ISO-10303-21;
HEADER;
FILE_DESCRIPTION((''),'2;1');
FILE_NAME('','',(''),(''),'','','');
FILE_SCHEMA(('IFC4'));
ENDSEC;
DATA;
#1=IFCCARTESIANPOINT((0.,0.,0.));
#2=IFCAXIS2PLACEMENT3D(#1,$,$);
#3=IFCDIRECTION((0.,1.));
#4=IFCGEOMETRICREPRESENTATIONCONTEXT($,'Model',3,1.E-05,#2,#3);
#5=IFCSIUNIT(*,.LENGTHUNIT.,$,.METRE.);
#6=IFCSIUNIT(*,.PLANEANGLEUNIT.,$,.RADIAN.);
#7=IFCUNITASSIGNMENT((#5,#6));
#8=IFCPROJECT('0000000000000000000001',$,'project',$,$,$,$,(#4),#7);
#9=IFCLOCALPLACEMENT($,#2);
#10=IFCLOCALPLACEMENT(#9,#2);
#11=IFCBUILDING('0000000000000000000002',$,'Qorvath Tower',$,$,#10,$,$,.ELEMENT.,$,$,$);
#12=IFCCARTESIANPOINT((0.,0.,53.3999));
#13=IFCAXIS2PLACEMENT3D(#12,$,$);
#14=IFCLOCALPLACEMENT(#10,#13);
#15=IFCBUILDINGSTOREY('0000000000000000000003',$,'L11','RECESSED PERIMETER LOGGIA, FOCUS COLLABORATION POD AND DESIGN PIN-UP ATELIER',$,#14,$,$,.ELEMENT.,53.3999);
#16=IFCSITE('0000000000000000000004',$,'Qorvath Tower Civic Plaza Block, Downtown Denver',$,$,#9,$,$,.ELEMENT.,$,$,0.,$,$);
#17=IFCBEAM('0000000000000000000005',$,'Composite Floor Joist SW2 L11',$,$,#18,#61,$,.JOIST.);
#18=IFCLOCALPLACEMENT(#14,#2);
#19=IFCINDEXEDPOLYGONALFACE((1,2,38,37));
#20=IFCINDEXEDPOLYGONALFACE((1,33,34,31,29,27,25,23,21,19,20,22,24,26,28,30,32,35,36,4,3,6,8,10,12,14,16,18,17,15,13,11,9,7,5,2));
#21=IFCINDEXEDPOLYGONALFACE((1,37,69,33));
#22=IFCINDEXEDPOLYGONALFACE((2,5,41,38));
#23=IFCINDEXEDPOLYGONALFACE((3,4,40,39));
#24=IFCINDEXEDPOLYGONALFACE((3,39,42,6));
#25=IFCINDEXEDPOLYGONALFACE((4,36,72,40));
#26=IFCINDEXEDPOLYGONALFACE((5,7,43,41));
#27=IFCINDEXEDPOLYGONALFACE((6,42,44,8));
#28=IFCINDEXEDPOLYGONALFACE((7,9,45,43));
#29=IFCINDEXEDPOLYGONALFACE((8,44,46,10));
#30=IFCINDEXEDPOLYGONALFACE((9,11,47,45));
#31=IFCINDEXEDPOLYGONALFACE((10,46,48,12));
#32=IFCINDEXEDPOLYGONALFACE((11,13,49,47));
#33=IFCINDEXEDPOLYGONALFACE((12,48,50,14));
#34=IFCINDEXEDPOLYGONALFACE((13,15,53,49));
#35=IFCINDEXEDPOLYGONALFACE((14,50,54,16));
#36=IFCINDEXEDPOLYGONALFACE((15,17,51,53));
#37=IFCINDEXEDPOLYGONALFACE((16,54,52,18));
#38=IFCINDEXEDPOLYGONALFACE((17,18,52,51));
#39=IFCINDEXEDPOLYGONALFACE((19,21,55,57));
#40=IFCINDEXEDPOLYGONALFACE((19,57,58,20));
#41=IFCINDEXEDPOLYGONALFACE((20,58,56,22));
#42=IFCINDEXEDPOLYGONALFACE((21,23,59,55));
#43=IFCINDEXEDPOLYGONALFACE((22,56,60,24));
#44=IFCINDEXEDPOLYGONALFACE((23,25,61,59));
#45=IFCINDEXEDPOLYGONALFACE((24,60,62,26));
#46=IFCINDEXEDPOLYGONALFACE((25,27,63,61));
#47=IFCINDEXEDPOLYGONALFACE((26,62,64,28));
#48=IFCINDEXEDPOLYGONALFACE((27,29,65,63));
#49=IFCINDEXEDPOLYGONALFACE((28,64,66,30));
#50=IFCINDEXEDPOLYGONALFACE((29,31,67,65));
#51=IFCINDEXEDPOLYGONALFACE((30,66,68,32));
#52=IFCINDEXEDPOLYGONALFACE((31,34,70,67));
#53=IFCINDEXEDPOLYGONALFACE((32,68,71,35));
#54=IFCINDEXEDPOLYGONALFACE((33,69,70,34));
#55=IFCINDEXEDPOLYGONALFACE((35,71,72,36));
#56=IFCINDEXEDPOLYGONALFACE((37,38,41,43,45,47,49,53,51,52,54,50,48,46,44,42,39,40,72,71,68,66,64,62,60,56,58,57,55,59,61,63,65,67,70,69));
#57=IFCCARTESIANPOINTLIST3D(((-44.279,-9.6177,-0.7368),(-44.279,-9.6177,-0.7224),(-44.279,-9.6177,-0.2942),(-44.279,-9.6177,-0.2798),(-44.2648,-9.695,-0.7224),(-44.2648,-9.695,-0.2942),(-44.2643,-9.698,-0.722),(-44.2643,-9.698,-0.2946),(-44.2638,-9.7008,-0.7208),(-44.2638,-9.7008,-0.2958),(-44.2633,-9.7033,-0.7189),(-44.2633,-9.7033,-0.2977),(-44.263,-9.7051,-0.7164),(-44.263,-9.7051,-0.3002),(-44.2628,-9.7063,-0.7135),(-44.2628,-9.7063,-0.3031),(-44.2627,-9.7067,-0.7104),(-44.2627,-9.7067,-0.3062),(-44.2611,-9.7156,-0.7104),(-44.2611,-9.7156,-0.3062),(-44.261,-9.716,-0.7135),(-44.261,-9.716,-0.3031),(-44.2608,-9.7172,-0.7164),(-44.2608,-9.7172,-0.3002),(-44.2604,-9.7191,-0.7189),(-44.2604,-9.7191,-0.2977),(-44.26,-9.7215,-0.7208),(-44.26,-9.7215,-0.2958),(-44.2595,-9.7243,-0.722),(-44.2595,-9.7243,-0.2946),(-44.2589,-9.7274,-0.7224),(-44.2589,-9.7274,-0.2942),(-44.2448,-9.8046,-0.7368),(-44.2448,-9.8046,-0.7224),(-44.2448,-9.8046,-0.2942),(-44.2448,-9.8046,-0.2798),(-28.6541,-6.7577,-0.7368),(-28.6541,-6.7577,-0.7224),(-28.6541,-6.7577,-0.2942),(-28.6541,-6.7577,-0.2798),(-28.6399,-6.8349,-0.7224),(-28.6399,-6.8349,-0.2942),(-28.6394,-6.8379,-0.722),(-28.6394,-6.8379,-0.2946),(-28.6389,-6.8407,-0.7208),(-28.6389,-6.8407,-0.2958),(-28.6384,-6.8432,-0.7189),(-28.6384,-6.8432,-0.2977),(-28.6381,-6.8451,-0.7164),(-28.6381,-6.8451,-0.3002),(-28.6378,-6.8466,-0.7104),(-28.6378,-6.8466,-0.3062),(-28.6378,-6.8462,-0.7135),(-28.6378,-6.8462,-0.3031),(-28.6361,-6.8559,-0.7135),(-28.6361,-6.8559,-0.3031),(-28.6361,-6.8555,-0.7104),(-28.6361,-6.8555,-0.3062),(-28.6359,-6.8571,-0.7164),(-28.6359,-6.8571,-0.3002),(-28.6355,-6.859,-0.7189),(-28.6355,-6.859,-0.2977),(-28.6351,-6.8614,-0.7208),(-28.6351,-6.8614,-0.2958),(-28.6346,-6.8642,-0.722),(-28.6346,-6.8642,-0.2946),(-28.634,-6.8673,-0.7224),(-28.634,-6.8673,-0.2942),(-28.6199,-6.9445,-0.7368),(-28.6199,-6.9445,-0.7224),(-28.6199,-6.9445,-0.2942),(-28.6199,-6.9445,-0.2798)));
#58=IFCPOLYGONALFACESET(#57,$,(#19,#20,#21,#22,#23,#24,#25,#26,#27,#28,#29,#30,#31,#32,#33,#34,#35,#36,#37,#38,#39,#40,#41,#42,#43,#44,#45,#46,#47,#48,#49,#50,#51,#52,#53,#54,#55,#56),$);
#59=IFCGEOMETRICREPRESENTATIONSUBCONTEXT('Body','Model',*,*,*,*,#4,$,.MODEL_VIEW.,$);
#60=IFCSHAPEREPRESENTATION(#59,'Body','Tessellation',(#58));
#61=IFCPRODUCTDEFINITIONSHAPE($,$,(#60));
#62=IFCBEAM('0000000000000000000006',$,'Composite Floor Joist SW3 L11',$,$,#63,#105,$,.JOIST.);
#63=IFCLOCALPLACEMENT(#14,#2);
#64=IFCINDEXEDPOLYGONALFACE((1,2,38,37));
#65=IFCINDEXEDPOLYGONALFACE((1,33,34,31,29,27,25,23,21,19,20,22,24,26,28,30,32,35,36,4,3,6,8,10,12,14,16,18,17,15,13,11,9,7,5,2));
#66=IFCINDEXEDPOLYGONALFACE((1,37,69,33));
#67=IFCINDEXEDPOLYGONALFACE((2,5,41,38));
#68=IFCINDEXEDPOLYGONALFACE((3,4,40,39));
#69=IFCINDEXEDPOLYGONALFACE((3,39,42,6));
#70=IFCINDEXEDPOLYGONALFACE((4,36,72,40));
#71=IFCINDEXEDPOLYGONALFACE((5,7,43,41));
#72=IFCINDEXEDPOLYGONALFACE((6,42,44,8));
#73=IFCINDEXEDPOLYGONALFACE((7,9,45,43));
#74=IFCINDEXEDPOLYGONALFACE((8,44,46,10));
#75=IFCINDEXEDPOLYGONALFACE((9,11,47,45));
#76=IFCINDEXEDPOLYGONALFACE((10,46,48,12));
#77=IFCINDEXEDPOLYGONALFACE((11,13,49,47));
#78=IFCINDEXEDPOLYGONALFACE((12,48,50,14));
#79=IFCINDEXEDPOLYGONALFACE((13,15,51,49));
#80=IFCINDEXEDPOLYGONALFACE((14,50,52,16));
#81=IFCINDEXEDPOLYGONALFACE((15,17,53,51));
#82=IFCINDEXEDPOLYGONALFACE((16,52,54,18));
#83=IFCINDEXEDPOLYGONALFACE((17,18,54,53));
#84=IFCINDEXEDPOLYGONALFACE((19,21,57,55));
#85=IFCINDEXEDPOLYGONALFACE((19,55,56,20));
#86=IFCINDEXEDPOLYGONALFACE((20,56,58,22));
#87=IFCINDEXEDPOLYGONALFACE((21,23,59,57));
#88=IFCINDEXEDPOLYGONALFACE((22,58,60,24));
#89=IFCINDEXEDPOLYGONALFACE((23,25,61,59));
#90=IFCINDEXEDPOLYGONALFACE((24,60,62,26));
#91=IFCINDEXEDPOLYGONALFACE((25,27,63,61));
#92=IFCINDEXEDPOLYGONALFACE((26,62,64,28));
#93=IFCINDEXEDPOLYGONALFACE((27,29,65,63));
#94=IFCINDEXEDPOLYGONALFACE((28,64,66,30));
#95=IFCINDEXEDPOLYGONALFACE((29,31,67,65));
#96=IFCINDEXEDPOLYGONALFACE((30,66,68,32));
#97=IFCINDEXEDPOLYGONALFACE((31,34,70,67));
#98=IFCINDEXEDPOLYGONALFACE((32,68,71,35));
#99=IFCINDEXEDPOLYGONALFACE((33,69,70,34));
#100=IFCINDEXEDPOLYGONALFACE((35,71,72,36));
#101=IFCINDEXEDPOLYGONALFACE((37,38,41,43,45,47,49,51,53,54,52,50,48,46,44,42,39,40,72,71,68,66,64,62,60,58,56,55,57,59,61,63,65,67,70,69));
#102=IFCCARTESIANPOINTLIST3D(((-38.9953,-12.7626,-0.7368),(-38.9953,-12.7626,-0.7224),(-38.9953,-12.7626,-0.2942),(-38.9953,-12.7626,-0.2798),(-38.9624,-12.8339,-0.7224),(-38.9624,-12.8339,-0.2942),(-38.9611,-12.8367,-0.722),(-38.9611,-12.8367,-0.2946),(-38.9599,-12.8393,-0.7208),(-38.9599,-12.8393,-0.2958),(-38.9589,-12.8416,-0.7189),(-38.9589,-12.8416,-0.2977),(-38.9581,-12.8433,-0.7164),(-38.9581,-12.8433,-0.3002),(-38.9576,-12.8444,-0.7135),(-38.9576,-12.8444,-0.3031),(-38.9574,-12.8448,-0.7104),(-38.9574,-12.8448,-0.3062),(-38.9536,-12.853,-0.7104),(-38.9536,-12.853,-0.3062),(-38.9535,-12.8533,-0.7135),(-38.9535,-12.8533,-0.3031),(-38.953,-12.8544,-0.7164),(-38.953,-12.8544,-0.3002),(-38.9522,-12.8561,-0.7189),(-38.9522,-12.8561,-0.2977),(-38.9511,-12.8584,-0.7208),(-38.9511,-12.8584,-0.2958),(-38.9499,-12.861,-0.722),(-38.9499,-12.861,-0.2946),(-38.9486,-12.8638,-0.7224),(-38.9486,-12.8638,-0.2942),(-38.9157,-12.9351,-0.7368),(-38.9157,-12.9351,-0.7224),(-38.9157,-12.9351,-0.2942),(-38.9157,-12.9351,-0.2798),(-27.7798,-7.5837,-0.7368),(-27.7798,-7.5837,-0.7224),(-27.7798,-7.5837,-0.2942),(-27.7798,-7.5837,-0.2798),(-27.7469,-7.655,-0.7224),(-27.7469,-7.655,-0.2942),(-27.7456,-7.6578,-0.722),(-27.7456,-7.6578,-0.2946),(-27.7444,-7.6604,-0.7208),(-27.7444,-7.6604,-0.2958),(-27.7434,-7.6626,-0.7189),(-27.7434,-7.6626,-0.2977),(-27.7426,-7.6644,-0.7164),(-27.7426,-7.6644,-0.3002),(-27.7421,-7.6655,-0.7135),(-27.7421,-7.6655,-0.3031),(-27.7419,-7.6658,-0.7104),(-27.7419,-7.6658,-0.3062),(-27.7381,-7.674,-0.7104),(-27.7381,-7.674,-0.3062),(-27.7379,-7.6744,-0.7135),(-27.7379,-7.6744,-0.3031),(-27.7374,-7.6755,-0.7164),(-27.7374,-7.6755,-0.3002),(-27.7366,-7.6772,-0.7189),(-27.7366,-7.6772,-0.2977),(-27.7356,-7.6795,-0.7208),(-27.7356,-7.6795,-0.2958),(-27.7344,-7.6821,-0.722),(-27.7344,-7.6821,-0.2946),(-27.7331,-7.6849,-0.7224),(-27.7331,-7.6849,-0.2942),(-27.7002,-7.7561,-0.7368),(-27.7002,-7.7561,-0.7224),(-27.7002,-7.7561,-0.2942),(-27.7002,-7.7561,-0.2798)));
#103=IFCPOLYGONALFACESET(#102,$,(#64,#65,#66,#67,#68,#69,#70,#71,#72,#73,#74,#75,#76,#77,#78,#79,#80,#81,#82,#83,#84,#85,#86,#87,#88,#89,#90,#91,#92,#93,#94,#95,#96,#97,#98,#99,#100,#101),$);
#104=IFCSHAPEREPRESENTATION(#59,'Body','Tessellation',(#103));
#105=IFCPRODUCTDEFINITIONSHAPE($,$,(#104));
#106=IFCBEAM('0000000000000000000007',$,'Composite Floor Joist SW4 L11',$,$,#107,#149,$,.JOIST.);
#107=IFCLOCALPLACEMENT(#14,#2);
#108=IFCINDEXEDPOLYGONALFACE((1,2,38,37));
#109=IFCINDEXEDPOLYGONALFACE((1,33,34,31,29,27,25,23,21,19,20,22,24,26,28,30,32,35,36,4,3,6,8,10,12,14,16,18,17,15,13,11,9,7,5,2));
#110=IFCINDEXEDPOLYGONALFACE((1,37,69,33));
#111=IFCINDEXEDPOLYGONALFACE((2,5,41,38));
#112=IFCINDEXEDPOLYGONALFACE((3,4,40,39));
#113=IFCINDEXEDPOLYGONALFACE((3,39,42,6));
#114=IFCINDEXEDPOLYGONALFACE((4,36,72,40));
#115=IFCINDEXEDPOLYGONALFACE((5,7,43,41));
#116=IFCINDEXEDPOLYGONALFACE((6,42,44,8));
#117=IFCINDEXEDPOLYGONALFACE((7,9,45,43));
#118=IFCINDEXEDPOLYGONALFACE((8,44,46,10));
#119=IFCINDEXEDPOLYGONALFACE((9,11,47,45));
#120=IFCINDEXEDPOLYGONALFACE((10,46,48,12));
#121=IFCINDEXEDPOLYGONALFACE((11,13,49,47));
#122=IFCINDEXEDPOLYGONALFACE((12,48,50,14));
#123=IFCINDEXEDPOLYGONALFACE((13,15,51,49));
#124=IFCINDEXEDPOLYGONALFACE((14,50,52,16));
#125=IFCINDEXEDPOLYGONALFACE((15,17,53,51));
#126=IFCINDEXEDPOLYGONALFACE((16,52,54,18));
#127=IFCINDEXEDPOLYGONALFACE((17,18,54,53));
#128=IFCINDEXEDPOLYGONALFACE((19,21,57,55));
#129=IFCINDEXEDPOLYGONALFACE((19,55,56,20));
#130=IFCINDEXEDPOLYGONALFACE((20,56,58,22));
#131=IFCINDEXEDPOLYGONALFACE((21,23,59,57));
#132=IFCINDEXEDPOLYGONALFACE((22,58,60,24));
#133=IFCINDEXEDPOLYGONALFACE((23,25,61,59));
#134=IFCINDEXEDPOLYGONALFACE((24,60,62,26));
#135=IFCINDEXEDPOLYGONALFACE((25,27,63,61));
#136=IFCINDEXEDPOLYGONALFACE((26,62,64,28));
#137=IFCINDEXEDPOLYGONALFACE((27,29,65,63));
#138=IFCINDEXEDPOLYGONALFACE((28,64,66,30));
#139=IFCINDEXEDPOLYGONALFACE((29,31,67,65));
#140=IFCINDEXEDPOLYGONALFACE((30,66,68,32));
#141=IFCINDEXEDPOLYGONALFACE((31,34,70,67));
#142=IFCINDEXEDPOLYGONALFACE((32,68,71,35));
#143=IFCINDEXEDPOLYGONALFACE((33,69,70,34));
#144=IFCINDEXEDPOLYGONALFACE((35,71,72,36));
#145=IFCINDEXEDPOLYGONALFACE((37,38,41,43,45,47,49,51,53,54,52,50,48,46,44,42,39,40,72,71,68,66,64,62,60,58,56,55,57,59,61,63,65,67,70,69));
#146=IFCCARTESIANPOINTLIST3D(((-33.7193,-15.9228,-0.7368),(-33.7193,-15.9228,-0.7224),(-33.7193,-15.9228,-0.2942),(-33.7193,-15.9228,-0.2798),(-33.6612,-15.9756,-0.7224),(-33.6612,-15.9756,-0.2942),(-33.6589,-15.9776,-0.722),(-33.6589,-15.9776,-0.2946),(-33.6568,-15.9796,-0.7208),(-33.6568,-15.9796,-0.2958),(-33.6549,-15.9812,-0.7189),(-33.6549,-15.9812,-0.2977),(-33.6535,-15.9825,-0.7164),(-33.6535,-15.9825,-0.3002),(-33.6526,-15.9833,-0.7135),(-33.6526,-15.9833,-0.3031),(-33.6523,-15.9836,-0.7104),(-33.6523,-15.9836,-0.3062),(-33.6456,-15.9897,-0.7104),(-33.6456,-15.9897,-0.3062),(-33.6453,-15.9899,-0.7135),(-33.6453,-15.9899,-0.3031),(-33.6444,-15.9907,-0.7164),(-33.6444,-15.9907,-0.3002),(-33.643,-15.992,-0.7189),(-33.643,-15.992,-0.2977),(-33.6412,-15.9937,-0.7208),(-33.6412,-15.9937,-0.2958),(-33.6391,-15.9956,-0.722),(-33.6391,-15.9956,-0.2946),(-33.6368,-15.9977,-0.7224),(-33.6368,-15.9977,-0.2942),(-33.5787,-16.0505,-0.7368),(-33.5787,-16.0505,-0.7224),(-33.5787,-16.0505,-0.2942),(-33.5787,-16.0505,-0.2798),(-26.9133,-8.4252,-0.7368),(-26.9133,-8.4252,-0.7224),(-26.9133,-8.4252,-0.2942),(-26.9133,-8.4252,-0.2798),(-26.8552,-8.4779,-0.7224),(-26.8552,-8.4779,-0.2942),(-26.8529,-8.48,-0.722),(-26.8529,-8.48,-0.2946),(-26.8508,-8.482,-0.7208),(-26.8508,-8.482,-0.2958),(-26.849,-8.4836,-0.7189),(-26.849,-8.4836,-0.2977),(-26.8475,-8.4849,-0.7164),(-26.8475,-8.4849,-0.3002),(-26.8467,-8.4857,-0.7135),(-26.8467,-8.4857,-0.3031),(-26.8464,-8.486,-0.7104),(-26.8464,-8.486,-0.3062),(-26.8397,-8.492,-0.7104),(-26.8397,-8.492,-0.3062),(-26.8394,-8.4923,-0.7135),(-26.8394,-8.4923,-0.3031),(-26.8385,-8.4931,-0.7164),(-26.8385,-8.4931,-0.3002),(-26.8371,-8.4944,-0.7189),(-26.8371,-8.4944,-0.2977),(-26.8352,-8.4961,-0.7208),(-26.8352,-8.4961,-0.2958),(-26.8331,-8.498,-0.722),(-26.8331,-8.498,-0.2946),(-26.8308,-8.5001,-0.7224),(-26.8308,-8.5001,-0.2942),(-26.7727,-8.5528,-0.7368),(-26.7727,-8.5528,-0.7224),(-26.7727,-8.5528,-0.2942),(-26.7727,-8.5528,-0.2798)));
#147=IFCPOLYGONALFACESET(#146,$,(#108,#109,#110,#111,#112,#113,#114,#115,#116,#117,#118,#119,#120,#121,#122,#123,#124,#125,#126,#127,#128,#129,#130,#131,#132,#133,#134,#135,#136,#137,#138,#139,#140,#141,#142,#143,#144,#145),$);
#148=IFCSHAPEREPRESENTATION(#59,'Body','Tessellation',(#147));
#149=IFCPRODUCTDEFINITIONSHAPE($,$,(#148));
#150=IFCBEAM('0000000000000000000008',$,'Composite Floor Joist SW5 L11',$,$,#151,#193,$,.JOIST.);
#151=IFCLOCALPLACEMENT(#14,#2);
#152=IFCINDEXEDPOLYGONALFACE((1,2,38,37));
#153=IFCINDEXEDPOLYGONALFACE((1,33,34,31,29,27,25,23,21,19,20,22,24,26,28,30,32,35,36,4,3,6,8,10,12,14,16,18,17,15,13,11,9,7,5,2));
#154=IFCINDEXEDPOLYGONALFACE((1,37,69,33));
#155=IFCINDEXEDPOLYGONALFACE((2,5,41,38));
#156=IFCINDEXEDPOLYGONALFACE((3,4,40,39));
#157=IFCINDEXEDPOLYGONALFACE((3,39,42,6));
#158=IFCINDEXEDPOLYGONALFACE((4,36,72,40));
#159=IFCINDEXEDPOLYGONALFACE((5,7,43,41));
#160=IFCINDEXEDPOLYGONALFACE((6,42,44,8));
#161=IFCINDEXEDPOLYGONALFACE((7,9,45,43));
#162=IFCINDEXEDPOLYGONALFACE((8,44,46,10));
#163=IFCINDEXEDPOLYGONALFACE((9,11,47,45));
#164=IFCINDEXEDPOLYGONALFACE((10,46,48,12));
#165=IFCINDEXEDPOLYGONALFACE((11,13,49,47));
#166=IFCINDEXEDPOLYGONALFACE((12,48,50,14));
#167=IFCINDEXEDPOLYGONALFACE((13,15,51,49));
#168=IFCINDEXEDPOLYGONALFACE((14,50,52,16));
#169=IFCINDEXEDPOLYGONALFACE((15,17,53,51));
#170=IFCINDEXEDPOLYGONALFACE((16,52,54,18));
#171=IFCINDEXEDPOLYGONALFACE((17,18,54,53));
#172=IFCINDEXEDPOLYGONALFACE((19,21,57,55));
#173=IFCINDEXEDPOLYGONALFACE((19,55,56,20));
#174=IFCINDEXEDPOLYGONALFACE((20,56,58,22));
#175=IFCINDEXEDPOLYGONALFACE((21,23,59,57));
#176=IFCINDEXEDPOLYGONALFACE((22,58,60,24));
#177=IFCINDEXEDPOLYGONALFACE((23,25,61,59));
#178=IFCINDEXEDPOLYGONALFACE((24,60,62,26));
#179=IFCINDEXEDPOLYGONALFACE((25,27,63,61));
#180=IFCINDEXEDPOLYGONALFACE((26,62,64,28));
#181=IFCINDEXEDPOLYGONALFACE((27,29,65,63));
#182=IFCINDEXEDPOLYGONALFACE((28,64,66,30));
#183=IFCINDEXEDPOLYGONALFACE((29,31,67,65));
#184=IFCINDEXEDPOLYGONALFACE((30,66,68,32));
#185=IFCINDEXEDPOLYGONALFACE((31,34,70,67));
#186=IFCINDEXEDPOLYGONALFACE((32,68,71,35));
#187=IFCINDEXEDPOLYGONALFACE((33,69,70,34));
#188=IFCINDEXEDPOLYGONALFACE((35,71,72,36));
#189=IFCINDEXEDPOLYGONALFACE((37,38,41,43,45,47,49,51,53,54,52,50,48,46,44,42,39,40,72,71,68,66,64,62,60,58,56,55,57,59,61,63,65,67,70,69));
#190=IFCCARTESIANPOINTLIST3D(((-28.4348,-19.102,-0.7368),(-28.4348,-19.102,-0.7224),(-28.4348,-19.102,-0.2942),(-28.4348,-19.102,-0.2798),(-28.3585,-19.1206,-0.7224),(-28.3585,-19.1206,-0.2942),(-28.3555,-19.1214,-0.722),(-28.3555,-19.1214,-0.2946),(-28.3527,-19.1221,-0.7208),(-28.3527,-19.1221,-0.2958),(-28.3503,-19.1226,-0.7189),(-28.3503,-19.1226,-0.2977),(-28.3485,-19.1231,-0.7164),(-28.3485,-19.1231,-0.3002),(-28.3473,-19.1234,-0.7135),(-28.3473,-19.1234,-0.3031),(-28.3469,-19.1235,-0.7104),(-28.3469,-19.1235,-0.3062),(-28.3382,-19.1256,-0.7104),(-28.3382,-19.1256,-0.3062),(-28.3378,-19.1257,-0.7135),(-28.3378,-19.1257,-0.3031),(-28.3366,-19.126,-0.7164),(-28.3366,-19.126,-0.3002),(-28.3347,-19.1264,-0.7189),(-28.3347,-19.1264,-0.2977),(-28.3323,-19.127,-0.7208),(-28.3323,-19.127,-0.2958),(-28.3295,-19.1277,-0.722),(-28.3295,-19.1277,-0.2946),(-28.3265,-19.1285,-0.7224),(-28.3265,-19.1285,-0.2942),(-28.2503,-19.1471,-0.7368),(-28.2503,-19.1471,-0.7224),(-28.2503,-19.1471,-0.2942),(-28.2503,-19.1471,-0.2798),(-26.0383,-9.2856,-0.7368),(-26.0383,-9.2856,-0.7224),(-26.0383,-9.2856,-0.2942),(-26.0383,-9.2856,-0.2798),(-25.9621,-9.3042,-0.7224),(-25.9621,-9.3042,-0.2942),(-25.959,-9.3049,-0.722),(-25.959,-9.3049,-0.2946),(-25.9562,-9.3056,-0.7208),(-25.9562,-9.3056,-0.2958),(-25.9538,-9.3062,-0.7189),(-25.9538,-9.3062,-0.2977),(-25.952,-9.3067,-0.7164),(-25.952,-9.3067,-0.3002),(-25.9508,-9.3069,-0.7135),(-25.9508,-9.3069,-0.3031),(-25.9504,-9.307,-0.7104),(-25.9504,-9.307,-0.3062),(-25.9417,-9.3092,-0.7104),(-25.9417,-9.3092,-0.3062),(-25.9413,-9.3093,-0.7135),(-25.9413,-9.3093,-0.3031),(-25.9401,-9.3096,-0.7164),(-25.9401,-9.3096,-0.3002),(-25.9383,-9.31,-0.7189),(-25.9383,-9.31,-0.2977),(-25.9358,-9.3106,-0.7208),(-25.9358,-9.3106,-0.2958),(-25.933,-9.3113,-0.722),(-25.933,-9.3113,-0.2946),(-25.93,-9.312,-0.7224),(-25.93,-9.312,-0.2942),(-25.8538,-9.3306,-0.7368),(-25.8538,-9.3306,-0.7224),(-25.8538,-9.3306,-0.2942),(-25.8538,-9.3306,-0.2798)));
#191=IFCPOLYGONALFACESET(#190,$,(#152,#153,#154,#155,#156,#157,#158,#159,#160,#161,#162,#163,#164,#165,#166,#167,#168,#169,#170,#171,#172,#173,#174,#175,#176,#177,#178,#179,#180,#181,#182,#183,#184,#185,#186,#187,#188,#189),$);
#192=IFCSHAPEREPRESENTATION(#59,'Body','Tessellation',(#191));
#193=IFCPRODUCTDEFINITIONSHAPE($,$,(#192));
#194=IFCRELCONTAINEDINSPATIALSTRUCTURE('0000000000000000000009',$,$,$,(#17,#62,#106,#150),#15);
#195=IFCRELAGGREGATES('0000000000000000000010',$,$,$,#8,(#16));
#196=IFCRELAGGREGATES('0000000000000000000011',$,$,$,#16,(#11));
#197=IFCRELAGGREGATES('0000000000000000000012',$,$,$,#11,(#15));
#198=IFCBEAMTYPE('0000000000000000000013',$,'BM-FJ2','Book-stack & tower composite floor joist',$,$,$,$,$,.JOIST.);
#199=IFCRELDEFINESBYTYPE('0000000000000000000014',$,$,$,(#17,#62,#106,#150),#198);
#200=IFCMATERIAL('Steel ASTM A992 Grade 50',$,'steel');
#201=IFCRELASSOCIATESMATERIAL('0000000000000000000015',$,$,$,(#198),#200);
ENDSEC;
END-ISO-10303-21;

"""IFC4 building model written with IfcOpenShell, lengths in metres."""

from ifc_helpers import new_model, si_unit, direction, frame, origin, origin_2d, place, context, subcontext, project, spatial, i_section, extrude, material, material_profile, profile_set, type_object, element, save


model = new_model("IFC4")

# Units and contexts
model_context = context("Model", 3, precision=1e-05, world=origin(), true_north=direction((0.0, 1.0)))
body_context = subcontext(model_context, "Body", "Model", "MODEL_VIEW")
ifc_project = project(units=[si_unit("LENGTHUNIT", "METRE"), si_unit("PLANEANGLEUNIT", "RADIAN")], contexts=[model_context])

# Site, building, storey
site_placement = place(None, origin())
site = spatial("IfcSite", under=ifc_project, at=site_placement, Name="Qorvath Tower Civic Plaza Block, Downtown Denver", CompositionType="ELEMENT", RefElevation=0.0)
building_placement = place(site_placement, origin())
building = spatial("IfcBuilding", under=site, at=building_placement, Name="Qorvath Tower", CompositionType="ELEMENT")
storey_placement = place(building_placement, frame((0.0, 0.0, 53.3999)))
storey = spatial("IfcBuildingStorey", under=building, at=storey_placement, Name="L11", Description="RECESSED PERIMETER LOGGIA, FOCUS COLLABORATION POD AND DESIGN PIN-UP ATELIER", CompositionType="ELEMENT", Elevation=53.3999)

# Beams
ifc_material_1 = material(Name="Steel ASTM A992 Grade 50", Category="steel")
ifc_material_profile = material_profile(ifc_material_1, i_section(OverallWidth=0.1899, OverallDepth=0.457, WebThickness=0.009, FlangeThickness=0.0144, FilletRadius=0.012, at=origin_2d()), Name="W18x50")
ifc_profile_set = profile_set([ifc_material_profile], Name="Steel ASTM A992 Grade 50")
beam_type = type_object("IfcBeamType", Name="BM-FJ2", Description="Book-stack & tower composite floor joist", PredefinedType="JOIST", material=ifc_profile_set)
beam_1_placement = place(storey_placement, frame((-28.637, -6.8511, -0.5083), z_axis=(-0.983656, -0.180055, 0.0), x_axis=(0.180055, -0.983656, 0.0)))
element("IfcBeam", 1, at=beam_1_placement, inside=storey, type_object=beam_type, Name="Composite Floor Joist SW2 L11", PredefinedType="JOIST", context=body_context, shape_type="SweptSolid", body=[
    extrude(i_section(OverallWidth=0.1899, OverallDepth=0.457, WebThickness=0.009, FlangeThickness=0.0144, FilletRadius=0.012, at=origin_2d()), origin(), (0.0, 0.0, 1.0), 15.8845),
])
beam_2_placement = place(storey_placement, frame((-27.74, -7.6699, -0.5083), z_axis=(-0.907881, -0.419227, 0.0), x_axis=(0.419227, -0.907881, 0.0)))
element("IfcBeam", 2, at=beam_2_placement, inside=storey, type_object=beam_type, Name="Composite Floor Joist SW3 L11", PredefinedType="JOIST", context=body_context, shape_type="SweptSolid", body=[
    extrude(i_section(OverallWidth=0.1899, OverallDepth=0.457, WebThickness=0.009, FlangeThickness=0.0144, FilletRadius=0.012, at=origin_2d()), origin(), (0.0, 0.0, 1.0), 12.3535),
])
beam_3_placement = place(storey_placement, frame((-26.843, -8.489, -0.5083), z_axis=(-0.672129, -0.740434, 0.0), x_axis=(0.740434, -0.672129, 0.0)))
element("IfcBeam", 3, at=beam_3_placement, inside=storey, type_object=beam_type, Name="Composite Floor Joist SW4 L11", PredefinedType="JOIST", context=body_context, shape_type="SweptSolid", body=[
    extrude(i_section(OverallWidth=0.1899, OverallDepth=0.457, WebThickness=0.009, FlangeThickness=0.0144, FilletRadius=0.012, at=origin_2d()), origin(), (0.0, 0.0, 1.0), 10.126),
])
beam_4_placement = place(storey_placement, frame((-25.946, -9.3081, -0.5083), z_axis=(-0.237165, -0.971469, 0.0), x_axis=(0.971469, -0.237165, 0.0)))
element("IfcBeam", 4, at=beam_4_placement, inside=storey, type_object=beam_type, Name="Composite Floor Joist SW5 L11", PredefinedType="JOIST", context=body_context, shape_type="SweptSolid", body=[
    extrude(i_section(OverallWidth=0.1899, OverallDepth=0.457, WebThickness=0.009, FlangeThickness=0.0144, FilletRadius=0.012, at=origin_2d()), origin(), (0.0, 0.0, 1.0), 10.1047),
])

save(model, "model.ifc")
